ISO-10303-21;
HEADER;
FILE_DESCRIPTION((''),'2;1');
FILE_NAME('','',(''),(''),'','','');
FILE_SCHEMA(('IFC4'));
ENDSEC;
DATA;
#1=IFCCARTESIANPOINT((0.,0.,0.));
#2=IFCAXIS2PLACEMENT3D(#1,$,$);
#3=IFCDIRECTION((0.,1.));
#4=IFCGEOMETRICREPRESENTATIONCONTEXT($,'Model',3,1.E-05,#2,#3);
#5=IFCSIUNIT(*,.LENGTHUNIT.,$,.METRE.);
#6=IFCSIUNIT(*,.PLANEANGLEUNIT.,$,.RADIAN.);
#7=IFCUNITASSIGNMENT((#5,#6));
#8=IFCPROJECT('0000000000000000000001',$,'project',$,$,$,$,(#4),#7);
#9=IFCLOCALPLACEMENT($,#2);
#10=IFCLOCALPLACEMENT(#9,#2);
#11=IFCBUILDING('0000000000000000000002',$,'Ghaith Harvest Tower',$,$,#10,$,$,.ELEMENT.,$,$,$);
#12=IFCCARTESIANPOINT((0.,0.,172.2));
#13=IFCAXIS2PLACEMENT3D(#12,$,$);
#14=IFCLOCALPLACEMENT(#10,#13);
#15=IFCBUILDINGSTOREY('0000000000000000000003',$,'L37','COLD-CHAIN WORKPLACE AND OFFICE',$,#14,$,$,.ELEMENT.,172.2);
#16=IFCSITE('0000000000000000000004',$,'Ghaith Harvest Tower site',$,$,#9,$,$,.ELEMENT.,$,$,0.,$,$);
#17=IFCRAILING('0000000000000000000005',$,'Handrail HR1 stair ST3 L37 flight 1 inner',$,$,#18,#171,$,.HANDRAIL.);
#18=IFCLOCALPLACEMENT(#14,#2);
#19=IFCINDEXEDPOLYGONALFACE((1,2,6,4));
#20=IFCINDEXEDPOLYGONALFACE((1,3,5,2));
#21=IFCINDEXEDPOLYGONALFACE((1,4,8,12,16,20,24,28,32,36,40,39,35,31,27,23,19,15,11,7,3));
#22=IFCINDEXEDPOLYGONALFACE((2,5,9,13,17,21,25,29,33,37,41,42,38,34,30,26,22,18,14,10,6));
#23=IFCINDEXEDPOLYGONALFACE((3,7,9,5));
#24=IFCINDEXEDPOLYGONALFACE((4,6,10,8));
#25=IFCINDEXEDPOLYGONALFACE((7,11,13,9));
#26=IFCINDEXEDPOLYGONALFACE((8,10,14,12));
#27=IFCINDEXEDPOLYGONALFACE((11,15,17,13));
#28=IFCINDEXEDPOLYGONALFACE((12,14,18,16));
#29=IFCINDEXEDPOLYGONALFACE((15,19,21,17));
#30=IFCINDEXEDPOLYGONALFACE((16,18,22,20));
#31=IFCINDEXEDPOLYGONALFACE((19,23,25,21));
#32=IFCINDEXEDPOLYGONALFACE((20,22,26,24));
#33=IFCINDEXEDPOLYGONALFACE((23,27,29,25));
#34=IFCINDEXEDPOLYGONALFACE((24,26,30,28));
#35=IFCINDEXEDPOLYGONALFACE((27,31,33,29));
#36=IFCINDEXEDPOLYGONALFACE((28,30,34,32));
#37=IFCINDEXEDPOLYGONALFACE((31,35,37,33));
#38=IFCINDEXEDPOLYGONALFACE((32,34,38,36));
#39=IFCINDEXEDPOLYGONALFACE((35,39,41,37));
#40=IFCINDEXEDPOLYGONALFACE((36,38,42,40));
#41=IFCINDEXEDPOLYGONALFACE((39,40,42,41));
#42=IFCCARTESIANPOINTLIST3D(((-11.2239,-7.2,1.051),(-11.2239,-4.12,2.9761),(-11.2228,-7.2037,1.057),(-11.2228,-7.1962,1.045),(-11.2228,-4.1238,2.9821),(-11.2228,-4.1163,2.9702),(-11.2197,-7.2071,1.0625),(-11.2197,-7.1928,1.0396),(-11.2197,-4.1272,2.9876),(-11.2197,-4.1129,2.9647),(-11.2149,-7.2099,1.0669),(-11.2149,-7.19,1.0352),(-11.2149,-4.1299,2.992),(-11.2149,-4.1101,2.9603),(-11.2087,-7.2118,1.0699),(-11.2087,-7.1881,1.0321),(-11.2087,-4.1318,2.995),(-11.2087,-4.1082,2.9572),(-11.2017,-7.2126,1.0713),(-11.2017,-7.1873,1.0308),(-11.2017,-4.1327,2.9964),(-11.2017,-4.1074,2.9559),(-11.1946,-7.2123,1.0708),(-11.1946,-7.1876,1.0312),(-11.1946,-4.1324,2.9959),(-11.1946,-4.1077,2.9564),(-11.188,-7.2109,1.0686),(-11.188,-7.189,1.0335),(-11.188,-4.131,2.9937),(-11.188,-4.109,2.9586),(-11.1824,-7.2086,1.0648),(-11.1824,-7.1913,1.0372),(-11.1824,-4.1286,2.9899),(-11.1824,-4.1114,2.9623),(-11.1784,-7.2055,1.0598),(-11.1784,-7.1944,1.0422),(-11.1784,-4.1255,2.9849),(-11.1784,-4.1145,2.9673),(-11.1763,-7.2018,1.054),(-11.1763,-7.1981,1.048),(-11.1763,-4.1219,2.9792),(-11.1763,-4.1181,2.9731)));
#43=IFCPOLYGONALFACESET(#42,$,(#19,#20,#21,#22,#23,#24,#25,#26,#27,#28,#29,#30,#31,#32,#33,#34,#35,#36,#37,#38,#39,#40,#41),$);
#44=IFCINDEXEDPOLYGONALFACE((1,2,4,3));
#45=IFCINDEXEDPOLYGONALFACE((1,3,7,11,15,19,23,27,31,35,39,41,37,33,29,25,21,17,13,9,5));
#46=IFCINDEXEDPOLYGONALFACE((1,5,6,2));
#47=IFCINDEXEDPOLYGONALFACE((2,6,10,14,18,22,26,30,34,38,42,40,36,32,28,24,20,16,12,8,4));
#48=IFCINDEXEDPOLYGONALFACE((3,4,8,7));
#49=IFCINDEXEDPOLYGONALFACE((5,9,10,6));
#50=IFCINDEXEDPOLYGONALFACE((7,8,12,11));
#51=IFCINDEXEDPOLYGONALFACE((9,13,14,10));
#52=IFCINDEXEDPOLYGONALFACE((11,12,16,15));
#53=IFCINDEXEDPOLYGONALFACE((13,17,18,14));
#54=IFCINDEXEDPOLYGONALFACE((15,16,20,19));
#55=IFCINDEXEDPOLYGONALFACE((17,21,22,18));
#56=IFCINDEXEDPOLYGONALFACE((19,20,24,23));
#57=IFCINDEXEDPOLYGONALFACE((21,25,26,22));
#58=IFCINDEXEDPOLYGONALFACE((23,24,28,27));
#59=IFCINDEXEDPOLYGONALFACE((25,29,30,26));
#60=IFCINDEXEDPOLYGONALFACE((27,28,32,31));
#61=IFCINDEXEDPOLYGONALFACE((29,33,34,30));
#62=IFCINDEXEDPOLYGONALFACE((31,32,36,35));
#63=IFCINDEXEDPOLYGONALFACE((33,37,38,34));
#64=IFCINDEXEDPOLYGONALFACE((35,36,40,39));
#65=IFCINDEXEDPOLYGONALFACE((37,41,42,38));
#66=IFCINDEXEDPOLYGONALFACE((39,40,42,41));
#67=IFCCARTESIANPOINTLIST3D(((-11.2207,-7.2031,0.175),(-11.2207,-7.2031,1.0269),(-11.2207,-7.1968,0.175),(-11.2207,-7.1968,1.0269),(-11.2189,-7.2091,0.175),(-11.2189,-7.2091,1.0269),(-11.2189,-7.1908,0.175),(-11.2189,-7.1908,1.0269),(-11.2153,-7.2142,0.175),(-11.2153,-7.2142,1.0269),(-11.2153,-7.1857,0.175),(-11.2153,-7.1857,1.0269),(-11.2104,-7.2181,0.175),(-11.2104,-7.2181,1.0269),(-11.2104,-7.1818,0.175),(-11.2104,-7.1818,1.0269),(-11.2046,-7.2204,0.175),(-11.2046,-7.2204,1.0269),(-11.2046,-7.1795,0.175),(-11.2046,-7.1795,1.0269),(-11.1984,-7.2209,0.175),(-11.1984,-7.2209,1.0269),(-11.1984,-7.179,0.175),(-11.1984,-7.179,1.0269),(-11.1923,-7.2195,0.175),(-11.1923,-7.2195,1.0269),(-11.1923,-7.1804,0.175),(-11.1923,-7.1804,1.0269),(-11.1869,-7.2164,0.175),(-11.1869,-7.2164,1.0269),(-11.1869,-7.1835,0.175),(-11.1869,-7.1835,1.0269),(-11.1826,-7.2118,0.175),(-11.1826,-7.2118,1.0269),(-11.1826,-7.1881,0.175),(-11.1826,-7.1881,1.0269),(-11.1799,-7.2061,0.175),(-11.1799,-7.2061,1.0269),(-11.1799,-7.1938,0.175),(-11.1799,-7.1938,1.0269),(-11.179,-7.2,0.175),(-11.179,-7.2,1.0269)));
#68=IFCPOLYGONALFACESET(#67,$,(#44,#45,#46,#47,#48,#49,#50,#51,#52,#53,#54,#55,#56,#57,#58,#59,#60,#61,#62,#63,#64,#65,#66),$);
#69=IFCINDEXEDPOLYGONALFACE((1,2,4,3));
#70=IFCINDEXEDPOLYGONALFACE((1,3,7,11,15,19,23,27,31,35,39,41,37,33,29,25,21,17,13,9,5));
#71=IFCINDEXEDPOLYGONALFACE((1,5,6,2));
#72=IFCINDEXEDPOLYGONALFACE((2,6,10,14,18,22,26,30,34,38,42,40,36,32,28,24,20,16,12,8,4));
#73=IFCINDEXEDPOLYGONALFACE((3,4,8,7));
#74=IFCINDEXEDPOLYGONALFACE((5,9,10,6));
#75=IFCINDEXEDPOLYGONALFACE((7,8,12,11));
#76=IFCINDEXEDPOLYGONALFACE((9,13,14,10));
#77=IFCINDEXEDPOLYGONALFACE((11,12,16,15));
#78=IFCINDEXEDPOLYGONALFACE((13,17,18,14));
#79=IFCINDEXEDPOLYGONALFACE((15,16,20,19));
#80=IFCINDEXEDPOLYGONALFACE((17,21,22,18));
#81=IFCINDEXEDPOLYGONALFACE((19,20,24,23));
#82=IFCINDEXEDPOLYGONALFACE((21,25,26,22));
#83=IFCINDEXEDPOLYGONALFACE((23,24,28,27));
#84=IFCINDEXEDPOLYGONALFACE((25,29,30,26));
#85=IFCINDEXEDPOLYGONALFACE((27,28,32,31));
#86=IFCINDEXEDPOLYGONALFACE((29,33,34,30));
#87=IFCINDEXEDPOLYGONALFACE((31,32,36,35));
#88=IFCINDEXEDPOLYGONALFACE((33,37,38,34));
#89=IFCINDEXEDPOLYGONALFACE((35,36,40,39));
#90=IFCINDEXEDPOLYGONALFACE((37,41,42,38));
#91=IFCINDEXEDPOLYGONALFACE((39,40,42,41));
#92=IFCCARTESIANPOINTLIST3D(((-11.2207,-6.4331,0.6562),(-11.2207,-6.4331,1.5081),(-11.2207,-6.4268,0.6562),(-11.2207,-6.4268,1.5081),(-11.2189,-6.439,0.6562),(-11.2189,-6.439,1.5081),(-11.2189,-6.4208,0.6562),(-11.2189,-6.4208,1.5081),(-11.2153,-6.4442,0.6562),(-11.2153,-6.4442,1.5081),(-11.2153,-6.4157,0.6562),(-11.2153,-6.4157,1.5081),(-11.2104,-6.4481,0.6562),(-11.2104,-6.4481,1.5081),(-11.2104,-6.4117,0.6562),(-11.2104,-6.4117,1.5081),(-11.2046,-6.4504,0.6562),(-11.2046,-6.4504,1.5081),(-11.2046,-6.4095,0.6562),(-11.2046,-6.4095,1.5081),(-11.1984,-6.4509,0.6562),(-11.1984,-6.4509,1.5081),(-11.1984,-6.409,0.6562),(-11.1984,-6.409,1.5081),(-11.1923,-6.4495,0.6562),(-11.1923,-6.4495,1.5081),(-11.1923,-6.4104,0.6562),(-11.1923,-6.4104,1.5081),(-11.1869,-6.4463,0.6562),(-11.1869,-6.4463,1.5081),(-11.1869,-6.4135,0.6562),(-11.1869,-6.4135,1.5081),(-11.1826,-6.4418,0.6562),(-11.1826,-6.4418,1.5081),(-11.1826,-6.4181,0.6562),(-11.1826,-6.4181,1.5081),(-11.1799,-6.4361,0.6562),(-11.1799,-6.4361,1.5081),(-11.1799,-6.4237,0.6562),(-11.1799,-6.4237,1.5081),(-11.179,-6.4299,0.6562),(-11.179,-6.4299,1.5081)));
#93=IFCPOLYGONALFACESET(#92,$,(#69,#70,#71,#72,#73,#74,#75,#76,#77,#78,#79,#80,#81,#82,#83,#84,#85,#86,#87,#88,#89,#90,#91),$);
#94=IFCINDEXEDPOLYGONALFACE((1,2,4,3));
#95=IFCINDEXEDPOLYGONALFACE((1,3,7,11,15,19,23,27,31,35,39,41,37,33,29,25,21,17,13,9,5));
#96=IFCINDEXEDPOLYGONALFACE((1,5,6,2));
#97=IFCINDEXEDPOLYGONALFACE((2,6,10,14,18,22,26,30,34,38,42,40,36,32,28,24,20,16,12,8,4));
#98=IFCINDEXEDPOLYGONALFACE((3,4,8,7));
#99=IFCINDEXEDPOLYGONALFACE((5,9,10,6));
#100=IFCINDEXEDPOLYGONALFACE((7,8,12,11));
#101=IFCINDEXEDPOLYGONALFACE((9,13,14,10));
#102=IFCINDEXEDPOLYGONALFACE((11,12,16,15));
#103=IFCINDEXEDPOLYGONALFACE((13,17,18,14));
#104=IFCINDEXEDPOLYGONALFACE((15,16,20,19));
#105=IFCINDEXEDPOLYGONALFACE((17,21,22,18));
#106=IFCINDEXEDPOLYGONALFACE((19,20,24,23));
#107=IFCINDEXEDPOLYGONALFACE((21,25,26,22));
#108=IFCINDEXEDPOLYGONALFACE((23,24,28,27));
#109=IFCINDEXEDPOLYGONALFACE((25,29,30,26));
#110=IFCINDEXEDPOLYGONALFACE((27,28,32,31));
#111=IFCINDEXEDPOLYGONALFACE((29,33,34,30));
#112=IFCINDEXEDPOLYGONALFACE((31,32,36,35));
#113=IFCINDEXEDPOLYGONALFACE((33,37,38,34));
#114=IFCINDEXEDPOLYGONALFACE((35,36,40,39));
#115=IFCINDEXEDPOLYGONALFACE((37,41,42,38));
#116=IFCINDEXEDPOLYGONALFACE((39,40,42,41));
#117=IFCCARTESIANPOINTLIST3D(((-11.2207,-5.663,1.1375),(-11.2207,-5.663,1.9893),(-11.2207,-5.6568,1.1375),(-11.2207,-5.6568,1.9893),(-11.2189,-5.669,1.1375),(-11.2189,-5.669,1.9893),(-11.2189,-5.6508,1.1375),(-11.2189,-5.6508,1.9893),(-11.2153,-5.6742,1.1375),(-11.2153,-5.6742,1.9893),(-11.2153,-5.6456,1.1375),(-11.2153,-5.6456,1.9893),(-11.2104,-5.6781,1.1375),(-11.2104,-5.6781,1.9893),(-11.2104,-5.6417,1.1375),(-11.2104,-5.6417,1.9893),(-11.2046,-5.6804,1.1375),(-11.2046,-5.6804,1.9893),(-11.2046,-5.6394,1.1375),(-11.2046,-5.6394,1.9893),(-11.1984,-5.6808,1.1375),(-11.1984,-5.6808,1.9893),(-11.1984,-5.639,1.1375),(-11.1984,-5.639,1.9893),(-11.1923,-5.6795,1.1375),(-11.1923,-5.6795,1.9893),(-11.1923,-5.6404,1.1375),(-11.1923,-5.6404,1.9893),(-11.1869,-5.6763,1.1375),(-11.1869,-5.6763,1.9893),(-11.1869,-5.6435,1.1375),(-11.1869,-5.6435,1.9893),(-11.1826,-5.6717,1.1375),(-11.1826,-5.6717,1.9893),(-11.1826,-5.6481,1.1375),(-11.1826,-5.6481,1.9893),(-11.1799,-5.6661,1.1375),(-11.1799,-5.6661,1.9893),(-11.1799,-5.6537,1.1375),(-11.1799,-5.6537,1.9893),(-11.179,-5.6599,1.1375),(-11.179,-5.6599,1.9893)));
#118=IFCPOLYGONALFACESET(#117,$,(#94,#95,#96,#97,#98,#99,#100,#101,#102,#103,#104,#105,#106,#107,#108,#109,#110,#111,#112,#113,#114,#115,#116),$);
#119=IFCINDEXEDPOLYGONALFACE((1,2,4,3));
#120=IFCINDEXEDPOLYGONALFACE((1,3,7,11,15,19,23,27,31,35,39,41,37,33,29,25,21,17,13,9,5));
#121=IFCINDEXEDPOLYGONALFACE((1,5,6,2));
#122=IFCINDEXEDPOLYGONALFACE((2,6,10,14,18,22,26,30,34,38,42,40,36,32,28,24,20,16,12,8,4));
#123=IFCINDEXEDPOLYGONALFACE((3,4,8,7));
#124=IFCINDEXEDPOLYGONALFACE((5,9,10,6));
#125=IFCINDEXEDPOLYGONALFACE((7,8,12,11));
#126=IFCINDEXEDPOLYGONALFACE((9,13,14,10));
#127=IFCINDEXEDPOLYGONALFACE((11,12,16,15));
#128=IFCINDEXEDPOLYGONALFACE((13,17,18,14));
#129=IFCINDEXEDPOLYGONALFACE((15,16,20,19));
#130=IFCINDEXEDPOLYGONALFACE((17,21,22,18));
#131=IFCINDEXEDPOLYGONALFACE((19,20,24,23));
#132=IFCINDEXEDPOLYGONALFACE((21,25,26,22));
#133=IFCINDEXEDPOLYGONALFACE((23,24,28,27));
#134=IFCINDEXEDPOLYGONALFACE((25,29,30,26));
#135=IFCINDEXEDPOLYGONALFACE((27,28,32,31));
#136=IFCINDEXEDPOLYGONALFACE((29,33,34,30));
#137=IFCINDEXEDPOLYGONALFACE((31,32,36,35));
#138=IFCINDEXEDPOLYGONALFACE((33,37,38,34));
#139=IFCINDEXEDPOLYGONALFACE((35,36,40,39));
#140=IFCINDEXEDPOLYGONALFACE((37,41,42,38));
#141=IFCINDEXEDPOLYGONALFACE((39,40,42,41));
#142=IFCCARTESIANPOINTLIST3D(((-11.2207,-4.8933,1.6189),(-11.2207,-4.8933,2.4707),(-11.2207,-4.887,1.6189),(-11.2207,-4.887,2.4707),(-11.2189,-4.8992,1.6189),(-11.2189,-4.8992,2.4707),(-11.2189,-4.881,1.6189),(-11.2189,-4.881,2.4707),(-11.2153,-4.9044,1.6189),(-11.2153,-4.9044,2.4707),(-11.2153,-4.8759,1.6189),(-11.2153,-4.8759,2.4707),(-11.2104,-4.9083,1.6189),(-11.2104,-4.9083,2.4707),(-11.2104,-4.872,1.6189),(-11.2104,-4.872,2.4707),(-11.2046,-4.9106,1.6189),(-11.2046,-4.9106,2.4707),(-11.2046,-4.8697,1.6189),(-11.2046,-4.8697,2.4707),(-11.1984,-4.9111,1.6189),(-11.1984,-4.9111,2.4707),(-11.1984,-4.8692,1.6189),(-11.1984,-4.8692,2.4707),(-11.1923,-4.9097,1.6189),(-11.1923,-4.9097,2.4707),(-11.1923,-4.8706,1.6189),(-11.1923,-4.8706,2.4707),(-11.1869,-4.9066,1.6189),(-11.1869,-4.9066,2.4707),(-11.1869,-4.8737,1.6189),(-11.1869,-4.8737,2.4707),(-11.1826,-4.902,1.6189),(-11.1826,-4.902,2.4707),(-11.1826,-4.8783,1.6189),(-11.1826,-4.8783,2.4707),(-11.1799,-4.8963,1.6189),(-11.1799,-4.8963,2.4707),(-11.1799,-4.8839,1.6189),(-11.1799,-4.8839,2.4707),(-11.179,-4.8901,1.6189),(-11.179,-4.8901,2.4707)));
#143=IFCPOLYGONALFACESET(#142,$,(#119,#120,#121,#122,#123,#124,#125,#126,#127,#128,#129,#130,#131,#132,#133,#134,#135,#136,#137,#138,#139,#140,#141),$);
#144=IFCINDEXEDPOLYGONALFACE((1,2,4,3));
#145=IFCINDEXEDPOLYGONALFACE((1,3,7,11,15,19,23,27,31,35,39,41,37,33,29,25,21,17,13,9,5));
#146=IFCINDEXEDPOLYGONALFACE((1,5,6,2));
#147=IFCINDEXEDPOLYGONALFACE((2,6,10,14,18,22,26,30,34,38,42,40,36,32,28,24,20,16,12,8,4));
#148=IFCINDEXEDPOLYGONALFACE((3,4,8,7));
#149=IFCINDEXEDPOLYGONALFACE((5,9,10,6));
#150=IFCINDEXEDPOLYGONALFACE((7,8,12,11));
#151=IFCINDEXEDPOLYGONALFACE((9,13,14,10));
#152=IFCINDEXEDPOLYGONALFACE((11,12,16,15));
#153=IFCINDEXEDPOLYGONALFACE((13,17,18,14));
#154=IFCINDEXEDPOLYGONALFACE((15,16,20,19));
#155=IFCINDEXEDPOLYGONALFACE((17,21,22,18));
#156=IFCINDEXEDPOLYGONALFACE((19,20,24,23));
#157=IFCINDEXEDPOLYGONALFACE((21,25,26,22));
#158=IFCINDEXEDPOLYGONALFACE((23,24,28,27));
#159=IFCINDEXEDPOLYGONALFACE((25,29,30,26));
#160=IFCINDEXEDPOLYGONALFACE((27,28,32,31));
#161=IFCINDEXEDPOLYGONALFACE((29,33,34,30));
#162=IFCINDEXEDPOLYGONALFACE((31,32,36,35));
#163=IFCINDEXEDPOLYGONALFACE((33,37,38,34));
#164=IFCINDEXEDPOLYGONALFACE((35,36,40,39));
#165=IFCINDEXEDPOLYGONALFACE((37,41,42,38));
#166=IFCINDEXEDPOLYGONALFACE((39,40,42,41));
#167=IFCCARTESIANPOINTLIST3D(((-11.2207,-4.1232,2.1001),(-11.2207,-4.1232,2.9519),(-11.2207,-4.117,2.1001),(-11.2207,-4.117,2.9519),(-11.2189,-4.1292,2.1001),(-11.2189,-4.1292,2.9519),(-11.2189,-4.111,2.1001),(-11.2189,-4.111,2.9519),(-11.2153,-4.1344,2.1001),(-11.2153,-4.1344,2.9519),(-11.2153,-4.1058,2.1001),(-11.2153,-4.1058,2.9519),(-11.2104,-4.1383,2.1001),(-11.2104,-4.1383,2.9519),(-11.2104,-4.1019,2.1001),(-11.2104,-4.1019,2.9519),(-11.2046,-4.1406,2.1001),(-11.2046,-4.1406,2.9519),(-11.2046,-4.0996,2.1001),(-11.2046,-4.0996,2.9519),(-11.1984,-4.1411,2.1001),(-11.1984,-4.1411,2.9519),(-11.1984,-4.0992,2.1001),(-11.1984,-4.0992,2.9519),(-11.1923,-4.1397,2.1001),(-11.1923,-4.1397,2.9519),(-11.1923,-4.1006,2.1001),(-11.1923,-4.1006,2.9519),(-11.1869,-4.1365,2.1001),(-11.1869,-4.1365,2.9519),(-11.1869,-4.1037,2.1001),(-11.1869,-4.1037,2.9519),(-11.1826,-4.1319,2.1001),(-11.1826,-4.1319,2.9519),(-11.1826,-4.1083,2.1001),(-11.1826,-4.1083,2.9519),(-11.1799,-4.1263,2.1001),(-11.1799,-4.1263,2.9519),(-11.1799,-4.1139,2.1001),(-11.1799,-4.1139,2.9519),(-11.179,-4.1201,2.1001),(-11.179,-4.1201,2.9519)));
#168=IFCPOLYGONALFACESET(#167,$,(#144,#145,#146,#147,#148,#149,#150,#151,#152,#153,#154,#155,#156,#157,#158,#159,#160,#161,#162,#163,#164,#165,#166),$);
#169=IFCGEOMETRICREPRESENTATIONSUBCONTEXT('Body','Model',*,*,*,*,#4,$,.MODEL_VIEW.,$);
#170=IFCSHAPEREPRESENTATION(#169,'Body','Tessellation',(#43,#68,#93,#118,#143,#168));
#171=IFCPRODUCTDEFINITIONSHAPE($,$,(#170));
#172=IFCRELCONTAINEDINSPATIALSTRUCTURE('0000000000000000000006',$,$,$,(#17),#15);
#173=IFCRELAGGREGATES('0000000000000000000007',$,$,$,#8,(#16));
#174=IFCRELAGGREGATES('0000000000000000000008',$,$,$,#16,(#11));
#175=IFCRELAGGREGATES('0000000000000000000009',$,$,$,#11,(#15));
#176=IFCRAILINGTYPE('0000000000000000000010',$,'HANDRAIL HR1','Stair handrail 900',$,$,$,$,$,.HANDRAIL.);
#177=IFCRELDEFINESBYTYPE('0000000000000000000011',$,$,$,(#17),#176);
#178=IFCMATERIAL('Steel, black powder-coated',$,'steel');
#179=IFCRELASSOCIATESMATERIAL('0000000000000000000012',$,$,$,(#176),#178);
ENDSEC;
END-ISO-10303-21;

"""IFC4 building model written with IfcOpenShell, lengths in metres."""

from ifc_helpers import new_model, si_unit, direction, frame, origin, origin_2d, place, context, subcontext, project, spatial, circle, extrude, material, type_object, element, save


model = new_model("IFC4")

# Units and contexts
model_context = context("Model", 3, precision=1e-05, world=origin(), true_north=direction((0.0, 1.0)))
body_context = subcontext(model_context, "Body", "Model", "MODEL_VIEW")
ifc_project = project(units=[si_unit("LENGTHUNIT", "METRE"), si_unit("PLANEANGLEUNIT", "RADIAN")], contexts=[model_context])

# Site, building, storey
site_placement = place(None, origin())
site = spatial("IfcSite", under=ifc_project, at=site_placement, Name="Ghaith Harvest Tower site", CompositionType="ELEMENT", RefElevation=0.0)
building_placement = place(site_placement, origin())
building = spatial("IfcBuilding", under=site, at=building_placement, Name="Ghaith Harvest Tower", CompositionType="ELEMENT")
storey_placement = place(building_placement, frame((0.0, 0.0, 172.2)))
storey = spatial("IfcBuildingStorey", under=building, at=storey_placement, Name="L37", Description="COLD-CHAIN WORKPLACE AND OFFICE", CompositionType="ELEMENT", Elevation=172.2)

# Railing
ifc_material_1 = material(Name="Steel, black powder-coated", Category="steel")
railing_type = type_object("IfcRailingType", Name="HANDRAIL HR1", Description="Stair handrail 900", PredefinedType="HANDRAIL", material=ifc_material_1)
railing_1_placement = place(storey_placement, frame((-11.2, -7.2, 0.175)))
element("IfcRailing", 1, at=railing_1_placement, inside=storey, type_object=railing_type, Name="Handrail HR1 stair ST3 L37 flight 1 inner", PredefinedType="HANDRAIL", context=body_context, shape_type="SweptSolid", body=[
    extrude(circle(Radius=0.0239, at=origin_2d()), frame((0.0, 0.0, 0.876), z_axis=(0.0, 0.847979, 0.530029), x_axis=(-1.0, 0.0, 0.0)), (0.0, 0.0, 1.0), 3.6321),
    extrude(circle(Radius=0.021, at=origin_2d()), origin(), (0.0, 0.0, 1.0), 0.8518),
    extrude(circle(Radius=0.021, at=origin_2d()), frame((0.0, 0.77, 0.4812)), (0.0, 0.0, 1.0), 0.8518),
    extrude(circle(Radius=0.021, at=origin_2d()), frame((0.0, 1.54, 0.9624)), (0.0, 0.0, 1.0), 0.8518),
    extrude(circle(Radius=0.021, at=origin_2d()), frame((0.0, 2.3098, 1.4438)), (0.0, 0.0, 1.0), 0.8518),
    extrude(circle(Radius=0.021, at=origin_2d()), frame((0.0, 3.0798, 1.925)), (0.0, 0.0, 1.0), 0.8518),
])

save(model, "model.ifc")
